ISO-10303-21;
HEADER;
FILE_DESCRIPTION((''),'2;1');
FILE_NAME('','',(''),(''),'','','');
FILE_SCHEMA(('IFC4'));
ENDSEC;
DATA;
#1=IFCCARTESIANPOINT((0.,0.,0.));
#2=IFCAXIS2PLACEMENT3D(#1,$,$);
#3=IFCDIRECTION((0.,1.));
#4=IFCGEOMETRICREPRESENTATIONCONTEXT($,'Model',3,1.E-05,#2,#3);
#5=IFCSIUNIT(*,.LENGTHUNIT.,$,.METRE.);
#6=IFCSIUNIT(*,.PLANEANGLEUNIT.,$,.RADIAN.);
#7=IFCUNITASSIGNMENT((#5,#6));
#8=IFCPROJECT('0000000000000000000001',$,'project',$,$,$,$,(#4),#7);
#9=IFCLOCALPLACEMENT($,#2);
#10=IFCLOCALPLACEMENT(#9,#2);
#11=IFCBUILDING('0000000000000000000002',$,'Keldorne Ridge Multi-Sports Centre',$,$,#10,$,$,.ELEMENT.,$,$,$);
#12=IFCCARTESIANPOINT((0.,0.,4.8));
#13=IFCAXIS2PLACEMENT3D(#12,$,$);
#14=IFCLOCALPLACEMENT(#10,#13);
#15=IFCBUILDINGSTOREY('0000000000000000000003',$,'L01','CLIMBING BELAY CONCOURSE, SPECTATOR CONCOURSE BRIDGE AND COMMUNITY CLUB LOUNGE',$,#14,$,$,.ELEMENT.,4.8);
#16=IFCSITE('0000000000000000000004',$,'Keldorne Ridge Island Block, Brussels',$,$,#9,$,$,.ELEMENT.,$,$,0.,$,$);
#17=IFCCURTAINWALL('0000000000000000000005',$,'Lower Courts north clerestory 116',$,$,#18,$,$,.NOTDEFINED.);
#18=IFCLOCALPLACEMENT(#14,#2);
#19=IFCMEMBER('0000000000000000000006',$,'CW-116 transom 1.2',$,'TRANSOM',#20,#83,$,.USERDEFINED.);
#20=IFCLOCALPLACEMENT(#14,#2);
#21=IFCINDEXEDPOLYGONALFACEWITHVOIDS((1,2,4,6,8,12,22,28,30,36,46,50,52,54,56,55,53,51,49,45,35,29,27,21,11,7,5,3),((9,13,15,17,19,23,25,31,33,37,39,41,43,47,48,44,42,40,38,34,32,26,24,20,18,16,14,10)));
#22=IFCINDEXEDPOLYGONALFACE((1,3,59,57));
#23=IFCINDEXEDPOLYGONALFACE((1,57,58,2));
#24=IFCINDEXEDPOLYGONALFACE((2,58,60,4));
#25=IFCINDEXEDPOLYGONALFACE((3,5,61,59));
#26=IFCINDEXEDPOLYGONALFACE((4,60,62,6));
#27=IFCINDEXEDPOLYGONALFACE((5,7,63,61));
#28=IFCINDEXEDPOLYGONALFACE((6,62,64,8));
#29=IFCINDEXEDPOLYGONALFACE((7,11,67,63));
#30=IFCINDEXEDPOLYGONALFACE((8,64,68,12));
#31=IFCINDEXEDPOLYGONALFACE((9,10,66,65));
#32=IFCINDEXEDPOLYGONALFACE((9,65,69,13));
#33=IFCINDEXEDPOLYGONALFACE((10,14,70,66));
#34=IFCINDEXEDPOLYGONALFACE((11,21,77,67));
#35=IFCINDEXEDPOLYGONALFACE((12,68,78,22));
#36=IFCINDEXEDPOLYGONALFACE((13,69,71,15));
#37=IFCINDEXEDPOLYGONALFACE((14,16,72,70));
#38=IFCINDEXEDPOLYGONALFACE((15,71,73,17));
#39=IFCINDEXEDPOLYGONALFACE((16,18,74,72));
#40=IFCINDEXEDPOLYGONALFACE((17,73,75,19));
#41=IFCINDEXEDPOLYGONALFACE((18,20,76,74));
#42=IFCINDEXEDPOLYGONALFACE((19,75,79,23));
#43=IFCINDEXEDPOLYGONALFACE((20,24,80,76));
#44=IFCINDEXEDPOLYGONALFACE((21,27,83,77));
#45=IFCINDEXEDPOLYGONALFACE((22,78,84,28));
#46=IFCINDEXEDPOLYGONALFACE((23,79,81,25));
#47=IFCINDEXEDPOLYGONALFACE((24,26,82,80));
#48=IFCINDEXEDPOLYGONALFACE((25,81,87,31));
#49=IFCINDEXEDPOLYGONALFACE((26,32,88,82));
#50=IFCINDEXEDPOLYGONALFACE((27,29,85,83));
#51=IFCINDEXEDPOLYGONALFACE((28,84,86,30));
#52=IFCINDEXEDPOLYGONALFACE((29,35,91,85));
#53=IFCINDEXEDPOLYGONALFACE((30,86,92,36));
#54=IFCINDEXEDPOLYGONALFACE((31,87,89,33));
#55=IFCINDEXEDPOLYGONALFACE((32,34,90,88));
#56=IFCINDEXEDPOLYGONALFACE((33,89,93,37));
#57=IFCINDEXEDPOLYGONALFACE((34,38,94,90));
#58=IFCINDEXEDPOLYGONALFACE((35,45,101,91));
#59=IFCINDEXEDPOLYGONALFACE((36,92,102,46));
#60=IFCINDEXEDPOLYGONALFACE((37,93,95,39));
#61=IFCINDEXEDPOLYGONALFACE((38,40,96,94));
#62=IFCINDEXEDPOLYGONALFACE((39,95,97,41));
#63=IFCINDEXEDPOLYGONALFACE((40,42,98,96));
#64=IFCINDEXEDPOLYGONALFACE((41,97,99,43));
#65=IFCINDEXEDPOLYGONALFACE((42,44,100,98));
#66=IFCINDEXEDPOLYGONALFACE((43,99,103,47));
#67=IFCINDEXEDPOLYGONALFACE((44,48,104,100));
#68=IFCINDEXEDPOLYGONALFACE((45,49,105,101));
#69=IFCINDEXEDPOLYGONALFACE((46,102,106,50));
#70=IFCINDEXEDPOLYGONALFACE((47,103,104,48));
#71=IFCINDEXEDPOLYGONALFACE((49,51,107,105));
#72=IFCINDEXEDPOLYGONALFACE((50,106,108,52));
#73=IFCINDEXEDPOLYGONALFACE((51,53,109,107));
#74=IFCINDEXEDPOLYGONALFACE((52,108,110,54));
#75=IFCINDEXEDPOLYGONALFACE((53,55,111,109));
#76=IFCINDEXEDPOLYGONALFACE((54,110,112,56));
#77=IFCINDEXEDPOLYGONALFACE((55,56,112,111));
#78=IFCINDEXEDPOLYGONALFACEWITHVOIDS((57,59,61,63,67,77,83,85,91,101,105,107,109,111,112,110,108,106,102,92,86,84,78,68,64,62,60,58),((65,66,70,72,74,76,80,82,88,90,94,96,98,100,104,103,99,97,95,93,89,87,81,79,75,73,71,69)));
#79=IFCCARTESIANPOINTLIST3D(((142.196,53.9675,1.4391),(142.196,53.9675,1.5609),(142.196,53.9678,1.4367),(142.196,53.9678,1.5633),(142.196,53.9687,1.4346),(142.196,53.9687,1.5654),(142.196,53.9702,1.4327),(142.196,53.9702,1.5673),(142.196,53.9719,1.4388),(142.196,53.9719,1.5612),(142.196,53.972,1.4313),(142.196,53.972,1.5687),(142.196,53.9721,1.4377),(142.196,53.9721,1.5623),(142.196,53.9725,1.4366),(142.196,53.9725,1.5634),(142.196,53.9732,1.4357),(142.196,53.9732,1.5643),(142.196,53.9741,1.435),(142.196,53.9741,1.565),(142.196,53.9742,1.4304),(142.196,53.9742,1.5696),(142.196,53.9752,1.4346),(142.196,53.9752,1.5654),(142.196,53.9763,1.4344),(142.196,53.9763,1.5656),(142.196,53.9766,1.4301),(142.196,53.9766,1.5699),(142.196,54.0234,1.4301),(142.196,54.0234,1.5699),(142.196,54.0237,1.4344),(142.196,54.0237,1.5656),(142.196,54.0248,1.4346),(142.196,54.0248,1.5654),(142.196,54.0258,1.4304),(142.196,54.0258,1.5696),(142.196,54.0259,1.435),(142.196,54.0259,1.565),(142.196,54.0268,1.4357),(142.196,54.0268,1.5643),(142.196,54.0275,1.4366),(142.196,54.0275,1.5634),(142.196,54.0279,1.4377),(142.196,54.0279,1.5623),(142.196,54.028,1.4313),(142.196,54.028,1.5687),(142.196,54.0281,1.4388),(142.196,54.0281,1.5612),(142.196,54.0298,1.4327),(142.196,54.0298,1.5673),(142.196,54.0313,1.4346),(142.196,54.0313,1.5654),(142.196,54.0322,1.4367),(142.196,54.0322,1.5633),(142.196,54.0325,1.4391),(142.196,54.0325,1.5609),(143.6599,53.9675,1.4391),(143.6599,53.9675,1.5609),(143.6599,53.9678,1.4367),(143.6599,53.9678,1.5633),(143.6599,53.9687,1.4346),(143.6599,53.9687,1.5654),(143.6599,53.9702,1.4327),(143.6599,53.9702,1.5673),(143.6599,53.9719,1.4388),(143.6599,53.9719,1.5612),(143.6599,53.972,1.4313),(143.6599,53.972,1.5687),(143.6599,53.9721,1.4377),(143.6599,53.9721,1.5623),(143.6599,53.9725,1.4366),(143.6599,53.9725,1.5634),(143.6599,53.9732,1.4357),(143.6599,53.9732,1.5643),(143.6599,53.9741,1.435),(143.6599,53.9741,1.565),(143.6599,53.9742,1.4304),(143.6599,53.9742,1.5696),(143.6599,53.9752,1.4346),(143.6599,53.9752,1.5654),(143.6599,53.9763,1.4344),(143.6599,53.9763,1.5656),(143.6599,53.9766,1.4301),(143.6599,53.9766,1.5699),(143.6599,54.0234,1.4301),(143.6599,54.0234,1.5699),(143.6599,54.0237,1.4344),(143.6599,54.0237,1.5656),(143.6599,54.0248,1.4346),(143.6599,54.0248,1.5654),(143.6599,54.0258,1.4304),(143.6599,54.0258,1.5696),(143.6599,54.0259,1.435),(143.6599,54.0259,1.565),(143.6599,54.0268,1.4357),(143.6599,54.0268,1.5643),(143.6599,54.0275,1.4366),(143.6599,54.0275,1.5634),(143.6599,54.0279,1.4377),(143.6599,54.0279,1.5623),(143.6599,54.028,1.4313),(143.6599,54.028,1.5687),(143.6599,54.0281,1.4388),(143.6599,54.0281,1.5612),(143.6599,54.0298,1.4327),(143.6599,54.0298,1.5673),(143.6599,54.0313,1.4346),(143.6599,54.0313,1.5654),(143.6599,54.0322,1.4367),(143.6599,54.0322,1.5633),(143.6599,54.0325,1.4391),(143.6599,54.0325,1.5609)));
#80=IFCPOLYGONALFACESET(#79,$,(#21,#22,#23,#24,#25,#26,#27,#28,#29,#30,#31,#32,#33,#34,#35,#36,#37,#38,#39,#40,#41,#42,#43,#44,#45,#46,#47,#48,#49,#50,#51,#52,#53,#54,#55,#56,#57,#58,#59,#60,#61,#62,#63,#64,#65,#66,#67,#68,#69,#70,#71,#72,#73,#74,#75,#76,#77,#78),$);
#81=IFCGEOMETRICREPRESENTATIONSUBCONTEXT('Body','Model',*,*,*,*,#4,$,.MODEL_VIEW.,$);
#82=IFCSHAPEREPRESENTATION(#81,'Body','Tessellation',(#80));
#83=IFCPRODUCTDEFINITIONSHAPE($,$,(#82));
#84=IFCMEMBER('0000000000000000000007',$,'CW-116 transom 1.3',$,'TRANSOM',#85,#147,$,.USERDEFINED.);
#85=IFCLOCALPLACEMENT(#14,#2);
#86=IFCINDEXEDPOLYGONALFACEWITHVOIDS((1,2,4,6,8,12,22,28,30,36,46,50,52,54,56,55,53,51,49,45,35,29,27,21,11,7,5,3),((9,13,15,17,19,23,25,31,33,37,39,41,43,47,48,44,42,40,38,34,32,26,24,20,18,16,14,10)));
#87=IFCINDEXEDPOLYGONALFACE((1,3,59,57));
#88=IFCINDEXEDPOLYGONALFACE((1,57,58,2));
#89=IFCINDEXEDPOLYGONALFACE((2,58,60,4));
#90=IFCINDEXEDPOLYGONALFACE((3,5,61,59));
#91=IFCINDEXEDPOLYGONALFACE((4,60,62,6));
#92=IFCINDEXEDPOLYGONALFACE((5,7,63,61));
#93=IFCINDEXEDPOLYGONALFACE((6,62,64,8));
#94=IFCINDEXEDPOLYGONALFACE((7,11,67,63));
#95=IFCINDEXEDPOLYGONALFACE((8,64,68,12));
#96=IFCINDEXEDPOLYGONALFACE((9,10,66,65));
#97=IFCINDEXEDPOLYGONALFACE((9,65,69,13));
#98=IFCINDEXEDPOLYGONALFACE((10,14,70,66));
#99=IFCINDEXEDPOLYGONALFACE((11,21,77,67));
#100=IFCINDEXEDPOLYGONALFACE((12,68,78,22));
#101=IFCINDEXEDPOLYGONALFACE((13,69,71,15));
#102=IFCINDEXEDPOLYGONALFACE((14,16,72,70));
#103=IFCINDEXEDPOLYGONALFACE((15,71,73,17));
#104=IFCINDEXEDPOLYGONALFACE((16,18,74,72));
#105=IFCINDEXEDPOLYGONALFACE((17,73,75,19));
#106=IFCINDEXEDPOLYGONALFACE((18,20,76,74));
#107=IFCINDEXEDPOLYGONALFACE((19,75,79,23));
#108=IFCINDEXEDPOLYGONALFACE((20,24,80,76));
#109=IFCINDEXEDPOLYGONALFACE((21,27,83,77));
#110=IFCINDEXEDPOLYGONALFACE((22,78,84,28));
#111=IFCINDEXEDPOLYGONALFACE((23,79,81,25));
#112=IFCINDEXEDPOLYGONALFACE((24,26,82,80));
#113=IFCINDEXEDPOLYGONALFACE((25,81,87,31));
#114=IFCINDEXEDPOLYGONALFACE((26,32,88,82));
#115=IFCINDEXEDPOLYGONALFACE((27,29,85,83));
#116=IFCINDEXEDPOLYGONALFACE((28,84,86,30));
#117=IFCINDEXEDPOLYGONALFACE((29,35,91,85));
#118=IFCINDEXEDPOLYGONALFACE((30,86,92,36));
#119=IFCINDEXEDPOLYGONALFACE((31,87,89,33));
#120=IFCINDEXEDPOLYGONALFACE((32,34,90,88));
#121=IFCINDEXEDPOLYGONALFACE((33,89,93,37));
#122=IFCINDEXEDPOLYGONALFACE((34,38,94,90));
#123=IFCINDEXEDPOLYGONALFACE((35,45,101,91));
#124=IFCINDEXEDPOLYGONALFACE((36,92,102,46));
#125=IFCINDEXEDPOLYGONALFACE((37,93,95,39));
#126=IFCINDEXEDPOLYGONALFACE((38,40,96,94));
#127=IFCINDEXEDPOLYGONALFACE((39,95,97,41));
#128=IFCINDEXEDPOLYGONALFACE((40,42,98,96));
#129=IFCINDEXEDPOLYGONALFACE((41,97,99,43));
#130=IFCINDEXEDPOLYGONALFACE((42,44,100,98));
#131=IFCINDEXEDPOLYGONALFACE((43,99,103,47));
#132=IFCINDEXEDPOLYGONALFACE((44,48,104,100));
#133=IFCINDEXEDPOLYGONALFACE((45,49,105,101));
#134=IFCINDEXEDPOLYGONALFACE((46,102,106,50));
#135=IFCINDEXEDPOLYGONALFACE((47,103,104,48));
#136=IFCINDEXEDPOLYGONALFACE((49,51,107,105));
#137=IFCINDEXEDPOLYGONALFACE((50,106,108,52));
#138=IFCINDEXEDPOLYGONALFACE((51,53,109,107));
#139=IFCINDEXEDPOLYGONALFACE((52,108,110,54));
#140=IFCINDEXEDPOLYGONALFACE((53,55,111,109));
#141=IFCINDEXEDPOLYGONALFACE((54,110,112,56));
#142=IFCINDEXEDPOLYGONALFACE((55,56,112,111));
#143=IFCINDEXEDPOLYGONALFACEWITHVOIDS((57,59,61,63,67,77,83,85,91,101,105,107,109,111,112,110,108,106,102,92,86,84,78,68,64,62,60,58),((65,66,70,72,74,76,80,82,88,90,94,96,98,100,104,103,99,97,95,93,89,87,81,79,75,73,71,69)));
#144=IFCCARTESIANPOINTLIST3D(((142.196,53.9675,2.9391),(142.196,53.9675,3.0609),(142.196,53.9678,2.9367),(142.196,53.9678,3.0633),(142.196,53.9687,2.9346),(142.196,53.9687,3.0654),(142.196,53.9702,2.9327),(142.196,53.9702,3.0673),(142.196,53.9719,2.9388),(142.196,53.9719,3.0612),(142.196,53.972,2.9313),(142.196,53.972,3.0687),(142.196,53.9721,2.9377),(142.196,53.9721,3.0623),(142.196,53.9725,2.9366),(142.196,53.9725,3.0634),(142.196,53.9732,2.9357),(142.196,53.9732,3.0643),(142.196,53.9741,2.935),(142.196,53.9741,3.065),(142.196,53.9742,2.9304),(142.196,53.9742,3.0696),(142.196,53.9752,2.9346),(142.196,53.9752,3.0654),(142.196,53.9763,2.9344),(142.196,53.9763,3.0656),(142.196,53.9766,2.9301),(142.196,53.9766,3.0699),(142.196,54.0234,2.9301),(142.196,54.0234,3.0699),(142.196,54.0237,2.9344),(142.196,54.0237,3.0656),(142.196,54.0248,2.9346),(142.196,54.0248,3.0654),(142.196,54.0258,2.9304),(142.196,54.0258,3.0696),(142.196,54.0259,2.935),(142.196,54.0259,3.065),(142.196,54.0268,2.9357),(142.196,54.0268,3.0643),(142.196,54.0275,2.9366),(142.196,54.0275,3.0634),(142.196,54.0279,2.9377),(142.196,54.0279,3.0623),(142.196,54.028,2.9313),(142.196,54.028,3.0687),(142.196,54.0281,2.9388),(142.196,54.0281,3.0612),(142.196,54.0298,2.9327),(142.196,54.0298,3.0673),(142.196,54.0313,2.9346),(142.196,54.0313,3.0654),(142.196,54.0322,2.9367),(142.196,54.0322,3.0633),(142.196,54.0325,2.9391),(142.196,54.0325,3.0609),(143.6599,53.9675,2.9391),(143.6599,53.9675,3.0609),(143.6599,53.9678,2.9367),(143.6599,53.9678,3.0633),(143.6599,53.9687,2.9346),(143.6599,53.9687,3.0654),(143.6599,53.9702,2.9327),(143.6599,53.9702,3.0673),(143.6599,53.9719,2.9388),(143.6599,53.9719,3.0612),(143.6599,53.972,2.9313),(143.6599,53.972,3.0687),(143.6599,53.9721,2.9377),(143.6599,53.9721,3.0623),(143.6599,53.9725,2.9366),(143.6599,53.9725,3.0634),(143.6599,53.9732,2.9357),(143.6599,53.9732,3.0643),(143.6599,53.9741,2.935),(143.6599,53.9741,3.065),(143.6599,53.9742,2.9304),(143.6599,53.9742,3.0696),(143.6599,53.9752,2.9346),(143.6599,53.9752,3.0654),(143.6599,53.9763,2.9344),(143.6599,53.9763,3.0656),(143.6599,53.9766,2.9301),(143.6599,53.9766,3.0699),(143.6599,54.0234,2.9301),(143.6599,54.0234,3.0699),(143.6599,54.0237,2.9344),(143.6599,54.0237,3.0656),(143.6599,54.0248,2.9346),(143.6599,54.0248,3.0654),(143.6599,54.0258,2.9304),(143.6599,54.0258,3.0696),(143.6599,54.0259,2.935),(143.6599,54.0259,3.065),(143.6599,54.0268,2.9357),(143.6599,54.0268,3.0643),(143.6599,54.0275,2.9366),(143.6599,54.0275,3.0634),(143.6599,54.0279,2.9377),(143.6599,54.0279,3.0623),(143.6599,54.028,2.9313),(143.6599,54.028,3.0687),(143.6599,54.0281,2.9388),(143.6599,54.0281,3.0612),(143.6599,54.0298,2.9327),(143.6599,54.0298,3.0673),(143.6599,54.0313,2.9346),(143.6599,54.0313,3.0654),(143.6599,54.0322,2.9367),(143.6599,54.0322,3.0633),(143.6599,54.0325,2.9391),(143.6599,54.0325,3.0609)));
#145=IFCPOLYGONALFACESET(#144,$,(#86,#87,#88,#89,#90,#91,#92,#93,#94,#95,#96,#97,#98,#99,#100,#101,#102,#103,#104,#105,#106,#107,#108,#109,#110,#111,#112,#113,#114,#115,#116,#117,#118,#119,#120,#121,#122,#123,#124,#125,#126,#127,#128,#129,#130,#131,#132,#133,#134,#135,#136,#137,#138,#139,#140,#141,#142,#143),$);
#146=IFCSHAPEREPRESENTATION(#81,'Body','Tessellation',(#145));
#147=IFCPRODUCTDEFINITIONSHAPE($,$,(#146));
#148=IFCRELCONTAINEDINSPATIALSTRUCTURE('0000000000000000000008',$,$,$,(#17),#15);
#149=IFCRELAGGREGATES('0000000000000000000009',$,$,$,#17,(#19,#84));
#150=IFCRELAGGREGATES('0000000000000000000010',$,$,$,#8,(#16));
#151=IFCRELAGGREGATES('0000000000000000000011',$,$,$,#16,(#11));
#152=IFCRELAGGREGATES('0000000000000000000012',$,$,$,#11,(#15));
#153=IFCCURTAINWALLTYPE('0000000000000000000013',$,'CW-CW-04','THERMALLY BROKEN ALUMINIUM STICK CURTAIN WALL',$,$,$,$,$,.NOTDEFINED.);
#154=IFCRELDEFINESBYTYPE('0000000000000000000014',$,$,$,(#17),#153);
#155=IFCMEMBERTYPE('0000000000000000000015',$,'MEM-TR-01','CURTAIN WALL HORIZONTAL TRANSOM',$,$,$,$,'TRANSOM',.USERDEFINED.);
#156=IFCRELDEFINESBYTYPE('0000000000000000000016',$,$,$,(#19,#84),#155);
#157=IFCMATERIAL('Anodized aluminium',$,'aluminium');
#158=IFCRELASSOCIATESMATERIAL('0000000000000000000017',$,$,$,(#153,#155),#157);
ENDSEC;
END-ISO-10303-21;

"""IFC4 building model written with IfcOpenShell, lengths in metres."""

from ifc_helpers import new_model, si_unit, direction, frame, origin, origin_2d, place, context, subcontext, project, spatial, hollow_rectangle, extrude, material, material_profile, profile_set, type_object, element, aggregate, save


model = new_model("IFC4")

# Units and contexts
model_context = context("Model", 3, precision=1e-05, world=origin(), true_north=direction((0.0, 1.0)))
body_context = subcontext(model_context, "Body", "Model", "MODEL_VIEW")
ifc_project = project(units=[si_unit("LENGTHUNIT", "METRE"), si_unit("PLANEANGLEUNIT", "RADIAN")], contexts=[model_context])

# Site, building, storey
site_placement = place(None, origin())
site = spatial("IfcSite", under=ifc_project, at=site_placement, Name="Keldorne Ridge Island Block, Brussels", CompositionType="ELEMENT", RefElevation=0.0)
building_placement = place(site_placement, origin())
building = spatial("IfcBuilding", under=site, at=building_placement, Name="Keldorne Ridge Multi-Sports Centre", CompositionType="ELEMENT")
storey_placement = place(building_placement, frame((0.0, 0.0, 4.8)))
storey = spatial("IfcBuildingStorey", under=building, at=storey_placement, Name="L01", Description="CLIMBING BELAY CONCOURSE, SPECTATOR CONCOURSE BRIDGE AND COMMUNITY CLUB LOUNGE", CompositionType="ELEMENT", Elevation=4.8)

# Curtain wall
ifc_material_1 = material(Name="Anodized aluminium", Category="aluminium")
curtain_wall_type_1 = type_object("IfcCurtainWallType", Name="CW-CW-04", Description="THERMALLY BROKEN ALUMINIUM STICK CURTAIN WALL", PredefinedType="NOTDEFINED", material=ifc_material_1)
curtain_wall_1_placement = place(storey_placement, origin())
curtain_wall_1 = element("IfcCurtainWall", 1, at=curtain_wall_1_placement, inside=storey, type_object=curtain_wall_type_1, Name="Lower Courts north clerestory 116", PredefinedType="NOTDEFINED")

# Members
ifc_material_profile_1 = material_profile(ifc_material_1, hollow_rectangle(XDim=0.0649, YDim=0.1399, WallThickness=0.0044, InnerFilletRadius=0.0044, OuterFilletRadius=0.009, at=origin_2d()), Name="ALU TRANSOM 140x65x4.5")
ifc_profile_set_1 = profile_set([ifc_material_profile_1], Name="Anodized aluminium")
member_type_1 = type_object("IfcMemberType", Name="MEM-TR-01", Description="CURTAIN WALL HORIZONTAL TRANSOM", ElementType="TRANSOM", PredefinedType="USERDEFINED", material=ifc_profile_set_1)
member_1_placement = place(storey_placement, frame((143.6599, 54.0, 1.5), z_axis=(-1.0, 0.0, 0.0), x_axis=(0.0, -1.0, 0.0)))
member_1 = element("IfcMember", 2, at=member_1_placement, type_object=member_type_1, Name="CW-116 transom 1.2", ObjectType="TRANSOM", PredefinedType="USERDEFINED", context=body_context, shape_type="SweptSolid", body=[
    extrude(hollow_rectangle(XDim=0.0649, YDim=0.1399, WallThickness=0.0044, InnerFilletRadius=0.0044, OuterFilletRadius=0.009, at=origin_2d()), origin(), (0.0, 0.0, 1.0), 1.4639),
])
member_2_placement = place(storey_placement, frame((143.6599, 54.0, 3.0), z_axis=(-1.0, 0.0, 0.0), x_axis=(0.0, -1.0, 0.0)))
member_2 = element("IfcMember", 3, at=member_2_placement, type_object=member_type_1, Name="CW-116 transom 1.3", ObjectType="TRANSOM", PredefinedType="USERDEFINED", context=body_context, shape_type="SweptSolid", body=[
    extrude(hollow_rectangle(XDim=0.0649, YDim=0.1399, WallThickness=0.0044, InnerFilletRadius=0.0044, OuterFilletRadius=0.009, at=origin_2d()), origin(), (0.0, 0.0, 1.0), 1.4639),
])

aggregate(curtain_wall_1, [member_1, member_2])

save(model, "model.ifc")
